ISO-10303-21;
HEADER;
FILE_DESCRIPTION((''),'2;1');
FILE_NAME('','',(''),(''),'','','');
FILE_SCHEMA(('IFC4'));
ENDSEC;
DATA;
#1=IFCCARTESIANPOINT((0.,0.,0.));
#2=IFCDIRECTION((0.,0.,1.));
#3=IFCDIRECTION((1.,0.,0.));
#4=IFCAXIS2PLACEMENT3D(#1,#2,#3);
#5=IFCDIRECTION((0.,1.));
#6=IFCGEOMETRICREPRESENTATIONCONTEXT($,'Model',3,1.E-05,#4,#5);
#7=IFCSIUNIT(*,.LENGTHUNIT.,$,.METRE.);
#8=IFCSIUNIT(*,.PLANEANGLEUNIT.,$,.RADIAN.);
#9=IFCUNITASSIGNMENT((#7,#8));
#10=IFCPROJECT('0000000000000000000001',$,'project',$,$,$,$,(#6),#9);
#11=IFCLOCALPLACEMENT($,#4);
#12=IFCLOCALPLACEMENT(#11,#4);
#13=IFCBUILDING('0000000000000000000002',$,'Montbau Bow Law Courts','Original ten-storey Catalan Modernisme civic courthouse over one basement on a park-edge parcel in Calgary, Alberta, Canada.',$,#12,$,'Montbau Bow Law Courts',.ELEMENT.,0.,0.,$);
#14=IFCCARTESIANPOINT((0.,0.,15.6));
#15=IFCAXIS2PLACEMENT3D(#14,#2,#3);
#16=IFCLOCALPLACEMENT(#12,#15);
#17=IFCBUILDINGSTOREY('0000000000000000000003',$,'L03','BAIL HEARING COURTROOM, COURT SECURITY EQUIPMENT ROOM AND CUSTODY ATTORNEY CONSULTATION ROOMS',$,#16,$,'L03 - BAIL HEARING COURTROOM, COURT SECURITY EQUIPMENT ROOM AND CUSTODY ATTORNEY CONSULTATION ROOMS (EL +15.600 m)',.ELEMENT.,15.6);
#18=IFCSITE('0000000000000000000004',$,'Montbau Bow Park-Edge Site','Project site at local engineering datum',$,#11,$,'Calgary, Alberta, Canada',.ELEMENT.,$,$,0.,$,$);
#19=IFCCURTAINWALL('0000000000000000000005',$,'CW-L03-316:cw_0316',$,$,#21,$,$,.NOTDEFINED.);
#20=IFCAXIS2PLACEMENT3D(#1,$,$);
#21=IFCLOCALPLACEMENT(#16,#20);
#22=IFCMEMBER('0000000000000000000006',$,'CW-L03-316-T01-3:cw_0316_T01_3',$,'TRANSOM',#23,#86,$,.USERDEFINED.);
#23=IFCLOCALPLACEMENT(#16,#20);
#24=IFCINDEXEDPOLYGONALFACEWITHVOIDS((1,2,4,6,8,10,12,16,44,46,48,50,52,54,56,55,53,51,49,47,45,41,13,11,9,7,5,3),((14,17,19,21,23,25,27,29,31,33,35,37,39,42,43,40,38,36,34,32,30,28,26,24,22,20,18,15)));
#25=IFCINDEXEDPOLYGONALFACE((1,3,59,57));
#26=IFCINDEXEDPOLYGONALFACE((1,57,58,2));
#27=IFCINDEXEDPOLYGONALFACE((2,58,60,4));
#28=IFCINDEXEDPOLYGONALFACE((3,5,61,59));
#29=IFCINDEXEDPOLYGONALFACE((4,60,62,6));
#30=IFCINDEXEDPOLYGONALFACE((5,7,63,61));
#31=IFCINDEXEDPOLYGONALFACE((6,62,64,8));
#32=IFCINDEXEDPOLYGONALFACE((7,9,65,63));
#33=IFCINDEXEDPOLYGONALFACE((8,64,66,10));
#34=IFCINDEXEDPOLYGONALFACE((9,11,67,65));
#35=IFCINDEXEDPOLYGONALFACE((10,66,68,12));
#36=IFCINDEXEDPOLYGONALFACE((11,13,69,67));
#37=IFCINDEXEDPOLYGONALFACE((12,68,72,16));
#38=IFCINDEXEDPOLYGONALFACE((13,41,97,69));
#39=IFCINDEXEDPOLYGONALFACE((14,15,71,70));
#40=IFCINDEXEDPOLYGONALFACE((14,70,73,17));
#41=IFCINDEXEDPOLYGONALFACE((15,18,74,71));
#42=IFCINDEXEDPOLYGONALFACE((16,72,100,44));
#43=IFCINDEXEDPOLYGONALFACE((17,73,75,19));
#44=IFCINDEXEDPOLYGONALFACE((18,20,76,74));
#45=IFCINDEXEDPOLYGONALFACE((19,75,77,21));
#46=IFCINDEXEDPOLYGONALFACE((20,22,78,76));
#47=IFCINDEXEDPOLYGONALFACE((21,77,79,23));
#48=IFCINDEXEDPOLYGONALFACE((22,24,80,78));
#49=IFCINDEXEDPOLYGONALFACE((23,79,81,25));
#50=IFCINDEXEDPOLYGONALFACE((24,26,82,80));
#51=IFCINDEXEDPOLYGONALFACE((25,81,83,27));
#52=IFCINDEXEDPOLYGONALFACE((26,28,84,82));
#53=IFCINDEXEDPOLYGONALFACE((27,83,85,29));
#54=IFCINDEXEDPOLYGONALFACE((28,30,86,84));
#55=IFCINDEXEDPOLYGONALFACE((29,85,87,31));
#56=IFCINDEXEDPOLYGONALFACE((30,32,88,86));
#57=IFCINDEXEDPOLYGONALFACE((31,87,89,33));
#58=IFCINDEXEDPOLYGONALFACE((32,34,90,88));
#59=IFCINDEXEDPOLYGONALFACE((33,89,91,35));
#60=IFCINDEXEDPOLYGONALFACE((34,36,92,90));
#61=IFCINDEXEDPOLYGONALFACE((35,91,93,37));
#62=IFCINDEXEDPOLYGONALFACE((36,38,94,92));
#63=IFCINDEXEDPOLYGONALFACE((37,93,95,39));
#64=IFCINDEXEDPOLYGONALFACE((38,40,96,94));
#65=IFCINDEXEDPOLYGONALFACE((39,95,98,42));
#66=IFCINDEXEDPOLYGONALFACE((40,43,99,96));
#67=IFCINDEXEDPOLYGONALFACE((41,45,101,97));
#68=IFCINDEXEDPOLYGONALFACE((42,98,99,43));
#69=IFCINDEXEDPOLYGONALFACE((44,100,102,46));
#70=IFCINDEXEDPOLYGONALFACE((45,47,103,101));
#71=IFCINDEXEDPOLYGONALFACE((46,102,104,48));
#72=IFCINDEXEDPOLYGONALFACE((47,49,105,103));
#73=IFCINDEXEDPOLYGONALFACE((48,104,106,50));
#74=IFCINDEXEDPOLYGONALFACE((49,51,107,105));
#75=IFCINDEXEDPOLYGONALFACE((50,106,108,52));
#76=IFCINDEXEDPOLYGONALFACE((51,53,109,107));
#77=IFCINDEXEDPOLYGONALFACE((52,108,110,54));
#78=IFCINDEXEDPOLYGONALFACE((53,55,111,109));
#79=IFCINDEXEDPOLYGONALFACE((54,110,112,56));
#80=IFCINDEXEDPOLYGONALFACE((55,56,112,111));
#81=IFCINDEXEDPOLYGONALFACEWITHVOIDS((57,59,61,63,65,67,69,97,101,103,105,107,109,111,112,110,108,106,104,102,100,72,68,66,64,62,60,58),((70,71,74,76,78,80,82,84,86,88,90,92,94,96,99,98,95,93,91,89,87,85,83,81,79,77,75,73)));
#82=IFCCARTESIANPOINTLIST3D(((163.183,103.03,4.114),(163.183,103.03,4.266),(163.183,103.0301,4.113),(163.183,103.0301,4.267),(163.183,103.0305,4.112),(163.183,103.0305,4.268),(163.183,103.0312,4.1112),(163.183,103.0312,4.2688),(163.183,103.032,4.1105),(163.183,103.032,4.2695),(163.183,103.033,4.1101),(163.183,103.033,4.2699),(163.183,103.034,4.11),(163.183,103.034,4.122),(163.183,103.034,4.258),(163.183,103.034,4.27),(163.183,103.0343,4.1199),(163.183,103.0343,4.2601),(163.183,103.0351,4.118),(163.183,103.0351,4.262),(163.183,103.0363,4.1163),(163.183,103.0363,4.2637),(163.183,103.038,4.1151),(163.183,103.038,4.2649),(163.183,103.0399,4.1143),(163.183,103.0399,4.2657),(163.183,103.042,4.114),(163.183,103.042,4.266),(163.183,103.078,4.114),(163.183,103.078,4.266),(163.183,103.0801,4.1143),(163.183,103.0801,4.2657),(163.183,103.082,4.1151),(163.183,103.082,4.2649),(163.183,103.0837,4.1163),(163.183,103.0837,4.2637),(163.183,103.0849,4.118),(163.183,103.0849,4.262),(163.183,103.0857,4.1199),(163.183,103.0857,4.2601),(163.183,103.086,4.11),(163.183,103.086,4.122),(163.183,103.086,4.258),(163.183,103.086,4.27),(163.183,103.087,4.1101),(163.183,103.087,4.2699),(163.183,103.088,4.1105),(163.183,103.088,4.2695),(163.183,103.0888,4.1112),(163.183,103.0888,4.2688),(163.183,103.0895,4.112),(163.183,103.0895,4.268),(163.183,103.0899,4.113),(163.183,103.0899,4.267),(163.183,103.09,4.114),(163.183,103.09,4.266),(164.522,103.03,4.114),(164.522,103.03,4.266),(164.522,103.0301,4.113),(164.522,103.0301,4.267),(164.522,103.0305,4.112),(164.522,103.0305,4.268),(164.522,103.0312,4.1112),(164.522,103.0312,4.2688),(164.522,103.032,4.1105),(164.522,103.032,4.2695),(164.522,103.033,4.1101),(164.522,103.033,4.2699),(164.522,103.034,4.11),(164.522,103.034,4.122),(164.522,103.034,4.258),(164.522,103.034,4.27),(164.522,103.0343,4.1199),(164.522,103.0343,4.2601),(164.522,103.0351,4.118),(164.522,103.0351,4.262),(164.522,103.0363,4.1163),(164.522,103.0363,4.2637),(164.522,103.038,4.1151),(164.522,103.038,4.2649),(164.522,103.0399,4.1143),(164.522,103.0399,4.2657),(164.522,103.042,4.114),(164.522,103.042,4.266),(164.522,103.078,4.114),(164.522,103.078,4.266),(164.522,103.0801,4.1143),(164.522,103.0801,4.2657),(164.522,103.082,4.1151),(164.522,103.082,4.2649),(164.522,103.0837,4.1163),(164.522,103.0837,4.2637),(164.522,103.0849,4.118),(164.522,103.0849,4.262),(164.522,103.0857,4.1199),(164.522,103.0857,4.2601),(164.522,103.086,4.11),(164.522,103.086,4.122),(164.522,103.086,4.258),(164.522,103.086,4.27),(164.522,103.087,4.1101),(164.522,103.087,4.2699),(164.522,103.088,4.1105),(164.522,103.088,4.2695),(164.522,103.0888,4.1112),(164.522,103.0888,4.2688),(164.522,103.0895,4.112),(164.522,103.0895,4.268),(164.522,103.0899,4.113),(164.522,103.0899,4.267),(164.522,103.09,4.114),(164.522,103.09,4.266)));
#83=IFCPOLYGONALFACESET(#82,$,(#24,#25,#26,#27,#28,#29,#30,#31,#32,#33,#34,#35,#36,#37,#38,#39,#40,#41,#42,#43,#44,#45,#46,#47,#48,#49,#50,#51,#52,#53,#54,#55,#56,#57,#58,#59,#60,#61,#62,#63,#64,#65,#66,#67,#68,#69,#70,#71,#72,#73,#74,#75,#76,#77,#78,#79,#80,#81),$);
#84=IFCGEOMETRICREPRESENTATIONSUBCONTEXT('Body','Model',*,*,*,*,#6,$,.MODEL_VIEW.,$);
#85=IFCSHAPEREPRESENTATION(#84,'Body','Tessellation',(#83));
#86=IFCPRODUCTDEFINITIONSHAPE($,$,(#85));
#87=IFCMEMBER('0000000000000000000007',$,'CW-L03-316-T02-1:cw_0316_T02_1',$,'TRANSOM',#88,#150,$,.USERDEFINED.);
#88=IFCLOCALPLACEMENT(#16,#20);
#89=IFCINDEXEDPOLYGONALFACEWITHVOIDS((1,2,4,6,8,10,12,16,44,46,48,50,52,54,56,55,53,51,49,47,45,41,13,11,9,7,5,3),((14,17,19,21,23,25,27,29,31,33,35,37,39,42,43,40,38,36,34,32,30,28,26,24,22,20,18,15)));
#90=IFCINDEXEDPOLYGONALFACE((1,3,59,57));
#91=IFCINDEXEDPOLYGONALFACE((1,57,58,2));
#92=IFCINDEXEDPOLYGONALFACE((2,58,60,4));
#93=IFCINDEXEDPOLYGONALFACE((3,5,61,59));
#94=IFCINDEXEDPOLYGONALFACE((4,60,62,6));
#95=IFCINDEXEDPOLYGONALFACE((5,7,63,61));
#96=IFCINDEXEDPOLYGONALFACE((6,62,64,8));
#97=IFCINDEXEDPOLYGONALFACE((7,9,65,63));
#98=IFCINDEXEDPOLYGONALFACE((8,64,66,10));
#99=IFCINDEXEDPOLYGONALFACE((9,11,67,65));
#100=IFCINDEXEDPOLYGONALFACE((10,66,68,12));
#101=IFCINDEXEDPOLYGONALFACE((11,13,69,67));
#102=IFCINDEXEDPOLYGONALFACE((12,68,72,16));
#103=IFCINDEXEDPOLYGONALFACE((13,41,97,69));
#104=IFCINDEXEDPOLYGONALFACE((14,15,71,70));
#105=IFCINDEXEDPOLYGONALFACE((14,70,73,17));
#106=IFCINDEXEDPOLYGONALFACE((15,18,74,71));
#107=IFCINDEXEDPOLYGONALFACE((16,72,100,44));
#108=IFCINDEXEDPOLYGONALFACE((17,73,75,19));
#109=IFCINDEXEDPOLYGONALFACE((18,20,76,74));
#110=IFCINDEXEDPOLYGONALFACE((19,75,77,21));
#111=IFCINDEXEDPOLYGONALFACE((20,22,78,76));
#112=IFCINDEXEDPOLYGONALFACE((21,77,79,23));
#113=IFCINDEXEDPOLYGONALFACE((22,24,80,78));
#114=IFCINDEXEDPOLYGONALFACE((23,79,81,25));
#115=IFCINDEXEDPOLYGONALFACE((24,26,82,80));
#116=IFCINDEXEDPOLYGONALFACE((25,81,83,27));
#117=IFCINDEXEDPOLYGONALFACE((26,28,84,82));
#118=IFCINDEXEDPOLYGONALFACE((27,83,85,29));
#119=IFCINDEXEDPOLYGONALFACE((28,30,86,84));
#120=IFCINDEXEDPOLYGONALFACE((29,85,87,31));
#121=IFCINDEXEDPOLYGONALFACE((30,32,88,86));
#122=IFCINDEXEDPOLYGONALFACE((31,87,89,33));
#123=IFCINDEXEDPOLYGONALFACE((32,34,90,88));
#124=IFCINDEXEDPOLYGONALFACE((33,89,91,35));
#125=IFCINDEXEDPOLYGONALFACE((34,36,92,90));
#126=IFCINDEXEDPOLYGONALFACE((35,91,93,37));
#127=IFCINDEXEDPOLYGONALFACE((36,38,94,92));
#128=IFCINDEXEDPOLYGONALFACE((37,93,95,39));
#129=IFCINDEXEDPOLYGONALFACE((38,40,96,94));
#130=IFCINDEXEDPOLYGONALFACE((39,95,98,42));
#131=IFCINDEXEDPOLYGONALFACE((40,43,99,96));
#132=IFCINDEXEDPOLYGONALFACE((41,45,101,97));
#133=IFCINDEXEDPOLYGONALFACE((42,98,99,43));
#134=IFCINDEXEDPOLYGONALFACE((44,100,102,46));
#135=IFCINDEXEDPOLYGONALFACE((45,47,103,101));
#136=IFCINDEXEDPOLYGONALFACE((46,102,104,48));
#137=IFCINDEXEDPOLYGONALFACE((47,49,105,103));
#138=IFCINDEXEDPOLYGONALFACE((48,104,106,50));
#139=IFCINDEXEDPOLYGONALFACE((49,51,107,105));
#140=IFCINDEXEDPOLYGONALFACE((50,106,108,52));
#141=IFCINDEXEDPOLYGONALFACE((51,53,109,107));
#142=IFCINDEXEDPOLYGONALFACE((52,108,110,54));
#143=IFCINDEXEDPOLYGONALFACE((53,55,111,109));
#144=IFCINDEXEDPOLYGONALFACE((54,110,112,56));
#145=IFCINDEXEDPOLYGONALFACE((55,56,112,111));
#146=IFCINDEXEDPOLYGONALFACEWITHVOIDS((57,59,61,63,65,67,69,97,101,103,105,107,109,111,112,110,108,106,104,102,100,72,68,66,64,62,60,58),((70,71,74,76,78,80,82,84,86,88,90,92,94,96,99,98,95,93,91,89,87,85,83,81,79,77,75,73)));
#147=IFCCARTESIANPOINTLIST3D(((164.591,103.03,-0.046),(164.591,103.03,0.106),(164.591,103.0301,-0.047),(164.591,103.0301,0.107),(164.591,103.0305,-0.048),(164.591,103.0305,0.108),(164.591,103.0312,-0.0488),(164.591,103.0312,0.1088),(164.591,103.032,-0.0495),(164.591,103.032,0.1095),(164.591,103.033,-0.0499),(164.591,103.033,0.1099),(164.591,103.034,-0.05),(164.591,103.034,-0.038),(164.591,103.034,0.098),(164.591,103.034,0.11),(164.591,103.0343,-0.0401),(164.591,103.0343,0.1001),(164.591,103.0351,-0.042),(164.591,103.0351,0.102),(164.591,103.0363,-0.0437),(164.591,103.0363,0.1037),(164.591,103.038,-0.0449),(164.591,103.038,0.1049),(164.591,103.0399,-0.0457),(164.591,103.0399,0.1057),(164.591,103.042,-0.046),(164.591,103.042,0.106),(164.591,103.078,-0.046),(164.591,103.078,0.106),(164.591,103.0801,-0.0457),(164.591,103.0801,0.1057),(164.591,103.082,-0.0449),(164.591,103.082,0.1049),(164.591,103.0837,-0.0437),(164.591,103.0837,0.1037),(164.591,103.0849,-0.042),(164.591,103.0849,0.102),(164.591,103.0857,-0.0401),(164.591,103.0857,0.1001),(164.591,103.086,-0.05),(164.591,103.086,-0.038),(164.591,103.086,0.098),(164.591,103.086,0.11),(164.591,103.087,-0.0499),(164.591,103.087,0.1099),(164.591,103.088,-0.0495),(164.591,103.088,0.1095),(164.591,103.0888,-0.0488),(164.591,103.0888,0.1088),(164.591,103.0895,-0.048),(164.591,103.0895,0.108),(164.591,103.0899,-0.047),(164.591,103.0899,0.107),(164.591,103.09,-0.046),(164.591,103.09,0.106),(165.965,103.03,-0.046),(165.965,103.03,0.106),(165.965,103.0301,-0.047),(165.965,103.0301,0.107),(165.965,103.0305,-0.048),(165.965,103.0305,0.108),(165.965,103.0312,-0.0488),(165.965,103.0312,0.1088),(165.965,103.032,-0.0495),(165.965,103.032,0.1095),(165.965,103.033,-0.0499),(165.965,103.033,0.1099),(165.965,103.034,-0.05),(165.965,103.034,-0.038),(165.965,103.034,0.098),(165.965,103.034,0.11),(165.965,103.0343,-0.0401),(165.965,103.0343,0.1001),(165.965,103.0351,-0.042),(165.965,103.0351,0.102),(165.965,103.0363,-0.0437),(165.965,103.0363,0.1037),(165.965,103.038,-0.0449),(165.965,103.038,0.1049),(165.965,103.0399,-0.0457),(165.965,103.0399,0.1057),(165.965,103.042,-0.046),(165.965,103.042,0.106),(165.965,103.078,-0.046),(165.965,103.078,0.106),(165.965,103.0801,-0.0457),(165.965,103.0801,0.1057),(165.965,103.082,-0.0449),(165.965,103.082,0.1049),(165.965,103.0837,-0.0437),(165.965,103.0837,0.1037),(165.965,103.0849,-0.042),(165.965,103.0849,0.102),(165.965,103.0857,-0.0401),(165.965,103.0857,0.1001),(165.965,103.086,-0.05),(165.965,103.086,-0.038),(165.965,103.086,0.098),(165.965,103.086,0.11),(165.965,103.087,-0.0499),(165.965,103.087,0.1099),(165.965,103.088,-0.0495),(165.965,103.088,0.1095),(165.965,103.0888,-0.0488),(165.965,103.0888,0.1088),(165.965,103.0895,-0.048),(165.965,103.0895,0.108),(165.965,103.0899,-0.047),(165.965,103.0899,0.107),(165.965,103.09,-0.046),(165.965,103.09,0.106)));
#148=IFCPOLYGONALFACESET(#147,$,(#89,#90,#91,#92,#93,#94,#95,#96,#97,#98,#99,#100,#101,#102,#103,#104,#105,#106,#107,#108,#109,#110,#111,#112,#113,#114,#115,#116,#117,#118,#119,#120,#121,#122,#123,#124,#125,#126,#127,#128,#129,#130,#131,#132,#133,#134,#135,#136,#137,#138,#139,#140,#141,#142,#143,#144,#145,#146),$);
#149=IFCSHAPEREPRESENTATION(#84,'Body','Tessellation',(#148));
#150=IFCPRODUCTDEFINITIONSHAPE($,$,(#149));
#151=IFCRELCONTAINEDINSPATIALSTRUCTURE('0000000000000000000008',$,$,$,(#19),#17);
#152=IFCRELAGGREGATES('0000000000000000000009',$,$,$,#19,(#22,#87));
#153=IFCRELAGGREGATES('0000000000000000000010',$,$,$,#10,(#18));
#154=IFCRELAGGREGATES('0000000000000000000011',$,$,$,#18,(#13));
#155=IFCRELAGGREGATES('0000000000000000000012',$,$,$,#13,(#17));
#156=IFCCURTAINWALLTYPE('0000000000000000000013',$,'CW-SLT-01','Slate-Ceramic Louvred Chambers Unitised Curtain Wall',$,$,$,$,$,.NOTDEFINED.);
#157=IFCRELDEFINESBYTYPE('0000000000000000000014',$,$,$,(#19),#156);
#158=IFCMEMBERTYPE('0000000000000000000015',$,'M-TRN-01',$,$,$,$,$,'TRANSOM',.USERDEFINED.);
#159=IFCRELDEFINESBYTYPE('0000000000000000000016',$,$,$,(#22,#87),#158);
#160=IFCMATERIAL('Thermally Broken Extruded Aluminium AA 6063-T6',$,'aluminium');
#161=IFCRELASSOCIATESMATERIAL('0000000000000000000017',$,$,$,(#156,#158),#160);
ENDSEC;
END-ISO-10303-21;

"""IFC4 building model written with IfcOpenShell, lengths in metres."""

from ifc_helpers import new_model, si_unit, direction, frame, origin_with_axes, origin_2d_with_axis, place, context, subcontext, project, spatial, hollow_rectangle, extrude, material, material_profile, profile_set, type_object, element, aggregate, save


model = new_model("IFC4")

# Units and contexts
model_context = context("Model", 3, precision=1e-05, world=origin_with_axes(), true_north=direction((0.0, 1.0)))
body_context = subcontext(model_context, "Body", "Model", "MODEL_VIEW")
ifc_project = project(units=[si_unit("LENGTHUNIT", "METRE"), si_unit("PLANEANGLEUNIT", "RADIAN")], contexts=[model_context])

# Site, building, storey
site_placement = place(None, origin_with_axes())
site = spatial("IfcSite", under=ifc_project, at=site_placement, Name="Montbau Bow Park-Edge Site", Description="Project site at local engineering datum", LongName="Calgary, Alberta, Canada", CompositionType="ELEMENT", RefElevation=0.0)
building_placement = place(site_placement, origin_with_axes())
building = spatial("IfcBuilding", under=site, at=building_placement, Name="Montbau Bow Law Courts", Description="Original ten-storey Catalan Modernisme civic courthouse over one basement on a park-edge parcel in Calgary, Alberta, Canada.", LongName="Montbau Bow Law Courts", CompositionType="ELEMENT", ElevationOfRefHeight=0.0, ElevationOfTerrain=0.0)
storey_placement = place(building_placement, frame((0.0, 0.0, 15.6), z_axis=(0.0, 0.0, 1.0), x_axis=(1.0, 0.0, 0.0)))
storey = spatial("IfcBuildingStorey", under=building, at=storey_placement, Name="L03", Description="BAIL HEARING COURTROOM, COURT SECURITY EQUIPMENT ROOM AND CUSTODY ATTORNEY CONSULTATION ROOMS", LongName="L03 - BAIL HEARING COURTROOM, COURT SECURITY EQUIPMENT ROOM AND CUSTODY ATTORNEY CONSULTATION ROOMS (EL +15.600 m)", CompositionType="ELEMENT", Elevation=15.6)

# Curtain wall, members
ifc_material_1 = material(Name="Thermally Broken Extruded Aluminium AA 6063-T6", Category="aluminium")
curtain_wall_type = type_object("IfcCurtainWallType", Name="CW-SLT-01", Description="Slate-Ceramic Louvred Chambers Unitised Curtain Wall", PredefinedType="NOTDEFINED", material=ifc_material_1)
curtain_wall_placement = place(None, frame((163.115, 103.06, 15.6), z_axis=(0.0, 0.0, 1.0), x_axis=(1.0, 0.0, 0.0)))
curtain_wall = element("IfcCurtainWall", 1, at=curtain_wall_placement, inside=storey, type_object=curtain_wall_type, Name="CW-L03-316:cw_0316", PredefinedType="NOTDEFINED")
ifc_material_profile_1 = material_profile(ifc_material_1, hollow_rectangle(XDim=0.06, YDim=0.16, WallThickness=0.004, InnerFilletRadius=0.008, OuterFilletRadius=0.004, at=origin_2d_with_axis()), Name="CWT-160X60", Category="Main", Priority=0)
ifc_profile_set_1 = profile_set([ifc_material_profile_1], Name="Thermally Broken Extruded Aluminium AA 6063-T6")
member_type_1 = type_object("IfcMemberType", Name="M-TRN-01", ElementType="TRANSOM", PredefinedType="USERDEFINED", material=ifc_profile_set_1)
member_1_placement = place(None, frame((163.183, 103.06, 19.79), z_axis=(1.0, 0.0, 0.0), x_axis=(0.0, 1.0, 0.0)))
member_1 = element("IfcMember", 2, at=member_1_placement, type_object=member_type_1, Name="CW-L03-316-T01-3:cw_0316_T01_3", ObjectType="TRANSOM", PredefinedType="USERDEFINED", context=body_context, shape_type="SweptSolid", body=[
    extrude(hollow_rectangle(XDim=0.06, YDim=0.16, WallThickness=0.004, InnerFilletRadius=0.008, OuterFilletRadius=0.004, at=origin_2d_with_axis()), origin_with_axes(), (0.0, 0.0, 1.0), 1.339),
])
member_2_placement = place(None, frame((164.591, 103.06, 15.63), z_axis=(1.0, 0.0, 0.0), x_axis=(0.0, 1.0, 0.0)))
member_2 = element("IfcMember", 3, at=member_2_placement, type_object=member_type_1, Name="CW-L03-316-T02-1:cw_0316_T02_1", ObjectType="TRANSOM", PredefinedType="USERDEFINED", context=body_context, shape_type="SweptSolid", body=[
    extrude(hollow_rectangle(XDim=0.06, YDim=0.16, WallThickness=0.004, InnerFilletRadius=0.008, OuterFilletRadius=0.004, at=origin_2d_with_axis()), origin_with_axes(), (0.0, 0.0, 1.0), 1.374),
])
aggregate(curtain_wall, [member_1, member_2])

save(model, "model.ifc")
